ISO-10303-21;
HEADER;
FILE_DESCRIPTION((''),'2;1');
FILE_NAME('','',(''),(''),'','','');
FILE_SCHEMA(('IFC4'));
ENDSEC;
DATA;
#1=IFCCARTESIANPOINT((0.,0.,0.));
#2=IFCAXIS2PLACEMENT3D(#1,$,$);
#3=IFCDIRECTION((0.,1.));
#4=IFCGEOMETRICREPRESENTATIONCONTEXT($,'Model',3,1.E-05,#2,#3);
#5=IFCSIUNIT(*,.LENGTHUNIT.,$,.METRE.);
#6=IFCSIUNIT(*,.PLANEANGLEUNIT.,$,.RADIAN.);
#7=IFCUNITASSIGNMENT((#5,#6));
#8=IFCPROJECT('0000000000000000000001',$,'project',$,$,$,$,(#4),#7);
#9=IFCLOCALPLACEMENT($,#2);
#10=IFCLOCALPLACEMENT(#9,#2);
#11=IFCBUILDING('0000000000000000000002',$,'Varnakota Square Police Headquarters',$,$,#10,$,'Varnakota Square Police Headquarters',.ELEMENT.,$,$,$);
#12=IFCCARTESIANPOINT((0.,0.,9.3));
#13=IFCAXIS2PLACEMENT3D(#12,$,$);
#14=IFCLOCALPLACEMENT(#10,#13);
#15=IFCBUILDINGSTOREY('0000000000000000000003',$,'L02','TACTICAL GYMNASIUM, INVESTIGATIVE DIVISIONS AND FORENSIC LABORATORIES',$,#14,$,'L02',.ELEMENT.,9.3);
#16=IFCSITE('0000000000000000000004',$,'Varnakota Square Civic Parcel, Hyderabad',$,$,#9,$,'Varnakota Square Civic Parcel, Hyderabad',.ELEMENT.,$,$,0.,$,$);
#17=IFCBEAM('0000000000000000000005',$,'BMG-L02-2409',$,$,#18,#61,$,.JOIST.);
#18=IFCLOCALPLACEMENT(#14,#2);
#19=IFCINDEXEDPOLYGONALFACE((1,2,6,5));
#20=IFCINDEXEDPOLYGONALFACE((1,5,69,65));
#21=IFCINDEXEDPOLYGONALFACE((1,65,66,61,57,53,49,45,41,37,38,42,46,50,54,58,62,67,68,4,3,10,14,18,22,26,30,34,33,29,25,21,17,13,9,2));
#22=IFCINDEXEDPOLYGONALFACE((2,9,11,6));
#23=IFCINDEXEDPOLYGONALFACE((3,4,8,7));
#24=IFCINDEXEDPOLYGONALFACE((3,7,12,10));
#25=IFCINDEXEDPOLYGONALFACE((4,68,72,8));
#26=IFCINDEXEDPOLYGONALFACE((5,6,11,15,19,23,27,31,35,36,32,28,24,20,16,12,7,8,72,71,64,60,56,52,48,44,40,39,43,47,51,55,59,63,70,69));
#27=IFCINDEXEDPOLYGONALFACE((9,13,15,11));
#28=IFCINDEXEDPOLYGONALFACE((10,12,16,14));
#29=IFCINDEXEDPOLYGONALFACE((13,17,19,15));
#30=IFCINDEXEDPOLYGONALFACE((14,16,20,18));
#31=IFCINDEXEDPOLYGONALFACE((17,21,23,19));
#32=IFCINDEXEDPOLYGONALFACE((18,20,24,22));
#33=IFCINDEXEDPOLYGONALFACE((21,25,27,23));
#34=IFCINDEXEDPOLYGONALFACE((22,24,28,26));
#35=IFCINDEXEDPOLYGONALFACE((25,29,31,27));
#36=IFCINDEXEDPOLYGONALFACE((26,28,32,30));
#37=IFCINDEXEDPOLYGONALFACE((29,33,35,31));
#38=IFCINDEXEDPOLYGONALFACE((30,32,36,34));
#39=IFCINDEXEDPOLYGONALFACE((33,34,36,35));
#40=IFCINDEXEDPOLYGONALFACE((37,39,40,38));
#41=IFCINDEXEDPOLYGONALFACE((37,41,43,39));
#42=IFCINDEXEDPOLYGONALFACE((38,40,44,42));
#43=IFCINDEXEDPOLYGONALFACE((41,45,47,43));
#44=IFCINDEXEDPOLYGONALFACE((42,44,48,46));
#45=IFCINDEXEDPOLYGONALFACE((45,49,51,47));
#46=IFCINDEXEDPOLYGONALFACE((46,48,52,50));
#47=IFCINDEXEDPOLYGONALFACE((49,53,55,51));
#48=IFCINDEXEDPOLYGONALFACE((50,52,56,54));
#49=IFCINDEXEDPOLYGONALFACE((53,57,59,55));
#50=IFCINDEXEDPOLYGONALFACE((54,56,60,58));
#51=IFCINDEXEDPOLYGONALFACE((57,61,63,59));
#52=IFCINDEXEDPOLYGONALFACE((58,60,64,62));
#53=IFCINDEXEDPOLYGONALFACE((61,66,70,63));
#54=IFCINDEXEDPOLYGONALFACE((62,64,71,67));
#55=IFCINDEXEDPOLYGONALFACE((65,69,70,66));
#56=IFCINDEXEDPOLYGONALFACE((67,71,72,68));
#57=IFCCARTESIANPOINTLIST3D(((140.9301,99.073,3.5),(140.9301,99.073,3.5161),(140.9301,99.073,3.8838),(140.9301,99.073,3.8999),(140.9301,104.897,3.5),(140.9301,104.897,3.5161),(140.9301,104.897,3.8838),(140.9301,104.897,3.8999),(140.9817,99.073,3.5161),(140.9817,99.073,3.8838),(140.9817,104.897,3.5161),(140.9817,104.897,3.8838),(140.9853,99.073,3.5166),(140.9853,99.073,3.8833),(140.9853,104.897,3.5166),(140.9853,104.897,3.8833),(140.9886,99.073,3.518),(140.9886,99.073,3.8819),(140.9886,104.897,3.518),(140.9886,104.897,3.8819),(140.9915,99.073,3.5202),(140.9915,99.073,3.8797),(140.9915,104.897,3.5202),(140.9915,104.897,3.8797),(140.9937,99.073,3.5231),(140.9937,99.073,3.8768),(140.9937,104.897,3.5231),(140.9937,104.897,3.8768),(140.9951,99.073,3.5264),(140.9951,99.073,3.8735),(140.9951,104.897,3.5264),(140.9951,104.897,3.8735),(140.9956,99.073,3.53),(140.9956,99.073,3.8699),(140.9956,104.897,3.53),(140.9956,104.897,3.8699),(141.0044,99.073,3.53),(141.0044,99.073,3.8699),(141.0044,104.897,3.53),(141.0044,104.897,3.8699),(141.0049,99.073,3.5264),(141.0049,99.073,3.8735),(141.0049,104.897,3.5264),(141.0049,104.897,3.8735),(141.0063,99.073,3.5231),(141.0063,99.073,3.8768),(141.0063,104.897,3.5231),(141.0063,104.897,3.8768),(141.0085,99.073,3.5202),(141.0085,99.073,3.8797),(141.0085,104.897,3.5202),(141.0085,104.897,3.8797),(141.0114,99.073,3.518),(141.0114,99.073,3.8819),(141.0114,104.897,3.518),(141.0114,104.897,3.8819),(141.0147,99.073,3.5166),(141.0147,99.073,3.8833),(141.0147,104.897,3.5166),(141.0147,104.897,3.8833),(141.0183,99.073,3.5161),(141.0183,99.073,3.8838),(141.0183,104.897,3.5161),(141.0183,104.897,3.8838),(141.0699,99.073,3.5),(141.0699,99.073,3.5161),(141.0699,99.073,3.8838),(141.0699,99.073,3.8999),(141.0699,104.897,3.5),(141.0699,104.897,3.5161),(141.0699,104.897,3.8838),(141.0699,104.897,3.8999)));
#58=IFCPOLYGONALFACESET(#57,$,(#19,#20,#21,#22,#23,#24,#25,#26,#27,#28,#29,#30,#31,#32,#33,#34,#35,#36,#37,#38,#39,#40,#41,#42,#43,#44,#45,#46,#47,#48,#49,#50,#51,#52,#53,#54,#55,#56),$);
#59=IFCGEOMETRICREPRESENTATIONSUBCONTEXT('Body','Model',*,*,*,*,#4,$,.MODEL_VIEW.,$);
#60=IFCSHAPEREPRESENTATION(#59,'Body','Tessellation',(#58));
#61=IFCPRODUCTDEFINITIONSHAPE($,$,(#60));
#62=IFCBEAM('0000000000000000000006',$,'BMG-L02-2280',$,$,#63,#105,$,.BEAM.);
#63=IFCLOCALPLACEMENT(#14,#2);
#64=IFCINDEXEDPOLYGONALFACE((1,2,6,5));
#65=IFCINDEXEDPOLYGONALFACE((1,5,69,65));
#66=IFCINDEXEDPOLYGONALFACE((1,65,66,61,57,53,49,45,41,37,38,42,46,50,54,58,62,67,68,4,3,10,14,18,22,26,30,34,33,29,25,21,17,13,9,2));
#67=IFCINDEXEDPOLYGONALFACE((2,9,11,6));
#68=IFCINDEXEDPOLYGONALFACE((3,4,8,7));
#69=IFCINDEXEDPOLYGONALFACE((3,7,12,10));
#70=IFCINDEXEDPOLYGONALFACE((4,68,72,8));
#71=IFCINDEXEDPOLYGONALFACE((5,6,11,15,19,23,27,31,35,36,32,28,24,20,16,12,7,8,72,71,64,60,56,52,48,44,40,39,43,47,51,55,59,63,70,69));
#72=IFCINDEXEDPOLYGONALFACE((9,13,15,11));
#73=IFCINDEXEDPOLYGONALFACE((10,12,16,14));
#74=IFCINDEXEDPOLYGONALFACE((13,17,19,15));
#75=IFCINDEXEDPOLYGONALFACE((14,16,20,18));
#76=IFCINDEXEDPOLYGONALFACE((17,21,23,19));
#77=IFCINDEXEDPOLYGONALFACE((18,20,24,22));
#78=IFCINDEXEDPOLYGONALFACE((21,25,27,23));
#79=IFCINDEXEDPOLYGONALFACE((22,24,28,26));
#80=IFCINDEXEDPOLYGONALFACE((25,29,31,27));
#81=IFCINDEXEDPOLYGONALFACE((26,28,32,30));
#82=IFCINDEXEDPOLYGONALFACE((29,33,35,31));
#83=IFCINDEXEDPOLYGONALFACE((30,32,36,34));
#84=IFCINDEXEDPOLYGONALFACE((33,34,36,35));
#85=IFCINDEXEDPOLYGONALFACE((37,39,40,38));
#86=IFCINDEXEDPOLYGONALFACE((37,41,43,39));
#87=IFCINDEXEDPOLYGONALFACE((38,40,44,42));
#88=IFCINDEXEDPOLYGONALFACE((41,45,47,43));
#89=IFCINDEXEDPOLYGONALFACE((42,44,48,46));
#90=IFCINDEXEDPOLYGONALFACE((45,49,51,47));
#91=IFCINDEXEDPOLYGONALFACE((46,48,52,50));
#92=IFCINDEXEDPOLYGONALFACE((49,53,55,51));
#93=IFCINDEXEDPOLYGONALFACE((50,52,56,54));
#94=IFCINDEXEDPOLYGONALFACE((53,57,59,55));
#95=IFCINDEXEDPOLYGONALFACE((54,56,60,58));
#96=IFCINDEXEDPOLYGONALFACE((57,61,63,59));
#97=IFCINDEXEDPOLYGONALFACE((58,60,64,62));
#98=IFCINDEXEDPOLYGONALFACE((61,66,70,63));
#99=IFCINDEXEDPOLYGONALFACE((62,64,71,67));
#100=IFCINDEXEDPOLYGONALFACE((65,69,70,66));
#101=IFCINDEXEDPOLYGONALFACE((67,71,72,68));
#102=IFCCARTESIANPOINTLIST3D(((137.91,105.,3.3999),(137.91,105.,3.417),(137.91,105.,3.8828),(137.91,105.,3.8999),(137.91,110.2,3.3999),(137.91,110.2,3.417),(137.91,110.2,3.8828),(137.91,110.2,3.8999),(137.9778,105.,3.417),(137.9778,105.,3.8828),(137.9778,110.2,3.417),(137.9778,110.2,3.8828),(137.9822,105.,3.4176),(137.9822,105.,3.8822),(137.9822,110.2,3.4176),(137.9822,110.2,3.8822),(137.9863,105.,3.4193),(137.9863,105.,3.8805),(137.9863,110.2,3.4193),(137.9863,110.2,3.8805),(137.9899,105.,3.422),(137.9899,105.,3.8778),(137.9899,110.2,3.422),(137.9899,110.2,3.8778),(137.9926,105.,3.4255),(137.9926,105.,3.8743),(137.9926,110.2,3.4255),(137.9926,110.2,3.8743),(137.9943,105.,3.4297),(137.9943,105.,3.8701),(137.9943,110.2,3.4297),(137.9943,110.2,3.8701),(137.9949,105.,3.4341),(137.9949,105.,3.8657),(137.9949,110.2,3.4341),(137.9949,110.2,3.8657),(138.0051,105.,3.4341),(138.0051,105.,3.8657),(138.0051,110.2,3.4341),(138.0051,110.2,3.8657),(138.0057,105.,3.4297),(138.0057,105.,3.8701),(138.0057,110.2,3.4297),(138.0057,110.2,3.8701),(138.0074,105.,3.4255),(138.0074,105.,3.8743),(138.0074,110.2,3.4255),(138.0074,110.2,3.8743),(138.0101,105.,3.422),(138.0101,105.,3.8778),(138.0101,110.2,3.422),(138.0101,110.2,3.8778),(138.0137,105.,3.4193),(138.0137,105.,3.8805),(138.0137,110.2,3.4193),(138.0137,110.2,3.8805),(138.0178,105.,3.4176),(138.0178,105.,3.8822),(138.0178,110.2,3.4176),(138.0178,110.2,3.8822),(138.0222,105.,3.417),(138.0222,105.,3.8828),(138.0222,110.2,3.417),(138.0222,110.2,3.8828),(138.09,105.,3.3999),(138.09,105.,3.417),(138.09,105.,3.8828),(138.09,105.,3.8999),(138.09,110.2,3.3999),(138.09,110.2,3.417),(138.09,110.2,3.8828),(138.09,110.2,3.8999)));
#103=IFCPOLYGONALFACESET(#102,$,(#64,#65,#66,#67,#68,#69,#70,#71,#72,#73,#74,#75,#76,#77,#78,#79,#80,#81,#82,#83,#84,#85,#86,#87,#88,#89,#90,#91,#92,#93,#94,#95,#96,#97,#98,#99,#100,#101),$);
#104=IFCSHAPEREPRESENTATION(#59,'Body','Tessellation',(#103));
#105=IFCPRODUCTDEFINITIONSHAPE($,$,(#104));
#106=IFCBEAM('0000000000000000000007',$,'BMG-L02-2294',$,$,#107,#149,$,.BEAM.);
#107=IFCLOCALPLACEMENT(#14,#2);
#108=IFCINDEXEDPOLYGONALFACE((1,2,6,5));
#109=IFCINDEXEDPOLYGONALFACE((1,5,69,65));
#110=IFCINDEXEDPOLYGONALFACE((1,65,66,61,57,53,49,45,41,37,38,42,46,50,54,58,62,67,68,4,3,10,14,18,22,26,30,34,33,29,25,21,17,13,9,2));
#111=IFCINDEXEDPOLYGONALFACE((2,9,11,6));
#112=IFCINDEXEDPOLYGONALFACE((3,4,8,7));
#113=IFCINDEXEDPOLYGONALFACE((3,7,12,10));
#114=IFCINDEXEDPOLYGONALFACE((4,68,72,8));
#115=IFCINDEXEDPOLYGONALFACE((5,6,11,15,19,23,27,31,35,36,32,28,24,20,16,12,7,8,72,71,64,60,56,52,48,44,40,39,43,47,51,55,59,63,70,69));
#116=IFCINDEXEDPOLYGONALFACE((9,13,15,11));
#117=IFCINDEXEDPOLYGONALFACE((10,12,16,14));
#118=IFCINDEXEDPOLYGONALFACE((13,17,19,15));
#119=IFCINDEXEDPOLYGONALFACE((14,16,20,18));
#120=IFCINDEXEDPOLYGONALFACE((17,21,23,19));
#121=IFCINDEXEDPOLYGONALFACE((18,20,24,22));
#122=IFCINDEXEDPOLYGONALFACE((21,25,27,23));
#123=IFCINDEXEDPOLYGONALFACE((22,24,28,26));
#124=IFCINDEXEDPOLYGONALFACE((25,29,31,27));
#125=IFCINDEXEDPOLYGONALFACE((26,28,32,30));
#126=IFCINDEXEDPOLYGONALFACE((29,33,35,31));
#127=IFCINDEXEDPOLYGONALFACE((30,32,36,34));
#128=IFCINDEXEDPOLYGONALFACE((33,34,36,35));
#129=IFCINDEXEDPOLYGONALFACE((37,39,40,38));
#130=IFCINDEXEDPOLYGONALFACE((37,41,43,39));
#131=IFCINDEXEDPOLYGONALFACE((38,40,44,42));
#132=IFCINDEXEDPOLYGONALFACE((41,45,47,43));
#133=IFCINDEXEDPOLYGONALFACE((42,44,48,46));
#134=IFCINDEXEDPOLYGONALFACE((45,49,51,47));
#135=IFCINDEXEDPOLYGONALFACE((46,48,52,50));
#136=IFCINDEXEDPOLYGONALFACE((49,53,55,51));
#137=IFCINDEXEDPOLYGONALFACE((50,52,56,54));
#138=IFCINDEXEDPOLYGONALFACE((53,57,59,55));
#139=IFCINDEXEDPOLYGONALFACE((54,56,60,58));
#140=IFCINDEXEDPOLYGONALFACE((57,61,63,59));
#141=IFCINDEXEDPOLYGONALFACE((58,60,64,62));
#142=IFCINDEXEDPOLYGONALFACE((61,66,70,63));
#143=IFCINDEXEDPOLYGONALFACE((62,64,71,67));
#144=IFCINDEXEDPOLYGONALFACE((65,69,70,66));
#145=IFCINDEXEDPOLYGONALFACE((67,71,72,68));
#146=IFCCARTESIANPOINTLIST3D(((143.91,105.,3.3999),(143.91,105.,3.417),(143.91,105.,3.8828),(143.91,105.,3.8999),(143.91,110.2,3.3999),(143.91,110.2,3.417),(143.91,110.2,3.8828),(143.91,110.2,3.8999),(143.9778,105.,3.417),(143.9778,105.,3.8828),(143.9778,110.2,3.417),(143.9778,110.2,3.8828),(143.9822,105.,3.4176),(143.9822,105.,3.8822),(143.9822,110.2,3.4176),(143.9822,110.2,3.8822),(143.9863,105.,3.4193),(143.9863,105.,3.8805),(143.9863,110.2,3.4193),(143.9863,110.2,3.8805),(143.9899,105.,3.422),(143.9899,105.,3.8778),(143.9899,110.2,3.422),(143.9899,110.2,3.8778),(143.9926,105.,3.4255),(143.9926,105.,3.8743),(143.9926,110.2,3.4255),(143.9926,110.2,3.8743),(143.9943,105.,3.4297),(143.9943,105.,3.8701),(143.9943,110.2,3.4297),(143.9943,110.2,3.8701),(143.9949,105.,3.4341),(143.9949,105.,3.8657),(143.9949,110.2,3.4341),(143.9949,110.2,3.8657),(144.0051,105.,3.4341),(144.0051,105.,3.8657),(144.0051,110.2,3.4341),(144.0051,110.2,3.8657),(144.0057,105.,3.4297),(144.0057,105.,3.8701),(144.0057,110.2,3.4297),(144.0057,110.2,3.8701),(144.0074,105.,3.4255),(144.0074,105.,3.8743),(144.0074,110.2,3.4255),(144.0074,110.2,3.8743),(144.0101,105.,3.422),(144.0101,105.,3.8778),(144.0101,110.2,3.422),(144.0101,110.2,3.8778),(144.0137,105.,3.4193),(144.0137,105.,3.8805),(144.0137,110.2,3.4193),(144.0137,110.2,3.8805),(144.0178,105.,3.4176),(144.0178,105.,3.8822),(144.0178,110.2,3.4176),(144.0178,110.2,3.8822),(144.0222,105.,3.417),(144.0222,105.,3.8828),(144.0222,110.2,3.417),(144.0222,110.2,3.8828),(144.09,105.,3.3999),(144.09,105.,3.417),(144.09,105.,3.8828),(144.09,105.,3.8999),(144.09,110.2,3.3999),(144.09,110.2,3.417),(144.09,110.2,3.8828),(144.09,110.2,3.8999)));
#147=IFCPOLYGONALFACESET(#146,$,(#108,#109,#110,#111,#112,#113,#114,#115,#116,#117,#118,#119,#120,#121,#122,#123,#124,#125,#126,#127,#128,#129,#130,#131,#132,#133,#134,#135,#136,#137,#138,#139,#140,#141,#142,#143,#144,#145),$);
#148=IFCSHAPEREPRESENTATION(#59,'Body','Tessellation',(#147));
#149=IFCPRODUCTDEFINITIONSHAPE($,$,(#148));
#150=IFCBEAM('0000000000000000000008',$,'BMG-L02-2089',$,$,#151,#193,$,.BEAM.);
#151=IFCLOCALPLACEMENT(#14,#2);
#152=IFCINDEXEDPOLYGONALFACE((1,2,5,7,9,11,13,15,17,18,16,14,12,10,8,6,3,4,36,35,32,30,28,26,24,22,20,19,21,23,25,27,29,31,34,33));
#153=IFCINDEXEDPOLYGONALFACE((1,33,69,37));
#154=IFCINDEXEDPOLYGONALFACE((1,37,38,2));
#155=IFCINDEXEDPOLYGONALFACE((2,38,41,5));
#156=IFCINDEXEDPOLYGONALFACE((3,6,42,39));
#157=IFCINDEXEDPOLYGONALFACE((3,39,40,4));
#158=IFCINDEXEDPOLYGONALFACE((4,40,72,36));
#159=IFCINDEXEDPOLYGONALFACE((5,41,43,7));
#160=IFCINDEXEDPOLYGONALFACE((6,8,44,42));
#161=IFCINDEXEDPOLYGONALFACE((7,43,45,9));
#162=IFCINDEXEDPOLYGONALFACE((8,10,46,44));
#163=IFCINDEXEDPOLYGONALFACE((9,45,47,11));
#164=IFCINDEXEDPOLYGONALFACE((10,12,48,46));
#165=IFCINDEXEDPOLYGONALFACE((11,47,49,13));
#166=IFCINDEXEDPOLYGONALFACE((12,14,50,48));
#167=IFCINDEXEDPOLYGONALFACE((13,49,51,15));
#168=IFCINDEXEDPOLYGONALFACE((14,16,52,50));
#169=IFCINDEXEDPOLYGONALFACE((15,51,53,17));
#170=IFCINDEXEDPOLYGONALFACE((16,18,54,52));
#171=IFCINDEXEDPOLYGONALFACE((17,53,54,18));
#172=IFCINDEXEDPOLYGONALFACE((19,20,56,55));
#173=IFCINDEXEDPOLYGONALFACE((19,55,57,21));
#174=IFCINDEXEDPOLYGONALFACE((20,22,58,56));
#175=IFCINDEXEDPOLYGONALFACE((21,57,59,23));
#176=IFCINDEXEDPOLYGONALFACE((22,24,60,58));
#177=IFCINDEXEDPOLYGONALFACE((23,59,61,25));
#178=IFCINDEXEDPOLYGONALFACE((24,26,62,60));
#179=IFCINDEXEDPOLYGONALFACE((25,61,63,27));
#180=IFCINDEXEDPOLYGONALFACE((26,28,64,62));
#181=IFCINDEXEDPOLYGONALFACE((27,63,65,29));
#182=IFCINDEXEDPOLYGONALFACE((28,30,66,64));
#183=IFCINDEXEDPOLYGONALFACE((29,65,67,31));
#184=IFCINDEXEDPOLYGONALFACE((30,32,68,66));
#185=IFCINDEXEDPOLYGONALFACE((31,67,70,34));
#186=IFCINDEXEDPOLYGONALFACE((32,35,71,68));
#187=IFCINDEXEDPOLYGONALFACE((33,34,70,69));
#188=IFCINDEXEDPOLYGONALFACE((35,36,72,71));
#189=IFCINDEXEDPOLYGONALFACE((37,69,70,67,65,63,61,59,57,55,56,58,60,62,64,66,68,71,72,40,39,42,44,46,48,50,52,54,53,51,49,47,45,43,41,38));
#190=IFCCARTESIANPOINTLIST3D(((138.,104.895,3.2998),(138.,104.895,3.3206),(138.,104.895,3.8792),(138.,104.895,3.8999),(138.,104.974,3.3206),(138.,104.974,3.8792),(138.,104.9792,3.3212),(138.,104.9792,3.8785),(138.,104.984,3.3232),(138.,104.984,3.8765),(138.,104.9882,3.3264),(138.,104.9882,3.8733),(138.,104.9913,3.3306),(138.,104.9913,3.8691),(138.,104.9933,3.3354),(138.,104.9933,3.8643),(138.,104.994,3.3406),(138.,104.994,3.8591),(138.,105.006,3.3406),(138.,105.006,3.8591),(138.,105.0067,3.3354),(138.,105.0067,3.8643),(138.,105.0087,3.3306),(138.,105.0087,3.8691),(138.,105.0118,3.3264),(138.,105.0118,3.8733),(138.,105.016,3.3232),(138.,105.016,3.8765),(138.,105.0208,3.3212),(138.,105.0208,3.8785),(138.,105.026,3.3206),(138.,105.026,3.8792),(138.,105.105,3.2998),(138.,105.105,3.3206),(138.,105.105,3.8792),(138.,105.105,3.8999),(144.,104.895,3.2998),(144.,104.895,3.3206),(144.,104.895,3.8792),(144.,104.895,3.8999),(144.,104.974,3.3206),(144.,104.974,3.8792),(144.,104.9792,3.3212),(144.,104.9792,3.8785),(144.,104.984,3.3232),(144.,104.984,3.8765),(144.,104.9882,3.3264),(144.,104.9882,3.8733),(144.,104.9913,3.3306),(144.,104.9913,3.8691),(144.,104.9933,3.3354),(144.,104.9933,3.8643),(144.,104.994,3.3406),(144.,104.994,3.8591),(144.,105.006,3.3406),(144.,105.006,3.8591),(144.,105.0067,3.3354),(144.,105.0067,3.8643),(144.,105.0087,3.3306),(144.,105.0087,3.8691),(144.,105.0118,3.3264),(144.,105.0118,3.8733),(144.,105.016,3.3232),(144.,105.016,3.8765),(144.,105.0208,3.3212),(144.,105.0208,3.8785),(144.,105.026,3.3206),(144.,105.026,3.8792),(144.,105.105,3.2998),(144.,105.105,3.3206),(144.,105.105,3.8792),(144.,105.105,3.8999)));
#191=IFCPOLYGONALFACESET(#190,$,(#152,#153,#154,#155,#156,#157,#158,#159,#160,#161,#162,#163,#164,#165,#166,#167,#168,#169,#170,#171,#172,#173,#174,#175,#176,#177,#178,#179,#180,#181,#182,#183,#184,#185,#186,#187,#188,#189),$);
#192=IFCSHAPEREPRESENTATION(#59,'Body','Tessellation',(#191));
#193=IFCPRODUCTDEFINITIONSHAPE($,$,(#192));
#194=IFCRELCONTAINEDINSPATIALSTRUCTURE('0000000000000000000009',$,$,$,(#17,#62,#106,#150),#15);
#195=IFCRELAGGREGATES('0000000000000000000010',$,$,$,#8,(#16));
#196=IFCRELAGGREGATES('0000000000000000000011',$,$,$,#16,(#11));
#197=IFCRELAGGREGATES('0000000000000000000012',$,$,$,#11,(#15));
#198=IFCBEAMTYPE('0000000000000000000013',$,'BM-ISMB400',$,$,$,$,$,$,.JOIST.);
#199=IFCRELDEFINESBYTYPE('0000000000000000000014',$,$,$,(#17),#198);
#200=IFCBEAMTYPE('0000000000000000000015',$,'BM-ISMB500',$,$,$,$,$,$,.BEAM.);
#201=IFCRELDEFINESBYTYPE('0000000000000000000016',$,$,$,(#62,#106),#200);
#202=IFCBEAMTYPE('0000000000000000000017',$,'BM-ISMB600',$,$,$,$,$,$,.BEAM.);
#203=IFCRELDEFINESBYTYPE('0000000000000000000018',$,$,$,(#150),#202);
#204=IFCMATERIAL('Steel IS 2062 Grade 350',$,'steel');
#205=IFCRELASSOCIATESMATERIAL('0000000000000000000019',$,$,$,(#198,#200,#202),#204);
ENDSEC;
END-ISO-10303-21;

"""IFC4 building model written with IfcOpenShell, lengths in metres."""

from ifc_helpers import new_model, si_unit, direction, frame, origin, origin_2d, place, context, subcontext, project, spatial, i_section, extrude, material, material_profile, profile_set, type_object, element, save


model = new_model("IFC4")

# Units and contexts
model_context = context("Model", 3, precision=1e-05, world=origin(), true_north=direction((0.0, 1.0)))
body_context = subcontext(model_context, "Body", "Model", "MODEL_VIEW")
ifc_project = project(units=[si_unit("LENGTHUNIT", "METRE"), si_unit("PLANEANGLEUNIT", "RADIAN")], contexts=[model_context])

# Site, building, storey
site_placement = place(None, origin())
site = spatial("IfcSite", under=ifc_project, at=site_placement, Name="Varnakota Square Civic Parcel, Hyderabad", LongName="Varnakota Square Civic Parcel, Hyderabad", CompositionType="ELEMENT", RefElevation=0.0)
building_placement = place(site_placement, origin())
building = spatial("IfcBuilding", under=site, at=building_placement, Name="Varnakota Square Police Headquarters", LongName="Varnakota Square Police Headquarters", CompositionType="ELEMENT")
storey_placement = place(building_placement, frame((0.0, 0.0, 9.3)))
storey = spatial("IfcBuildingStorey", under=building, at=storey_placement, Name="L02", Description="TACTICAL GYMNASIUM, INVESTIGATIVE DIVISIONS AND FORENSIC LABORATORIES", LongName="L02", CompositionType="ELEMENT", Elevation=9.3)

# Shared definitions
ifc_material_1 = material(Name="Steel IS 2062 Grade 350", Category="steel")

# Beams
ifc_material_profile_1 = material_profile(ifc_material_1, i_section(OverallWidth=0.1399, OverallDepth=0.3999, WebThickness=0.0088, FlangeThickness=0.0161, FilletRadius=0.0139, at=origin_2d()), Name="ISMB 400")
ifc_profile_set_1 = profile_set([ifc_material_profile_1], Name="Steel IS 2062 Grade 350")
beam_type_1 = type_object("IfcBeamType", Name="BM-ISMB400", PredefinedType="JOIST", material=ifc_profile_set_1)
beam_1_placement = place(storey_placement, frame((141.0, 99.073, 3.7), z_axis=(0.0, 1.0, 0.0), x_axis=(-1.0, 0.0, 0.0)))
element("IfcBeam", 1, at=beam_1_placement, inside=storey, type_object=beam_type_1, Name="BMG-L02-2409", PredefinedType="JOIST", context=body_context, shape_type="SweptSolid", body=[
    extrude(i_section(OverallWidth=0.1399, OverallDepth=0.3999, WebThickness=0.0088, FlangeThickness=0.0161, FilletRadius=0.0139, at=origin_2d()), origin(), (0.0, 0.0, 1.0), 5.824),
])
ifc_material_profile_2 = material_profile(ifc_material_1, i_section(OverallWidth=0.1799, OverallDepth=0.5, WebThickness=0.0103, FlangeThickness=0.0171, FilletRadius=0.0171, at=origin_2d()), Name="ISMB 500")
ifc_profile_set_2 = profile_set([ifc_material_profile_2], Name="Steel IS 2062 Grade 350")
beam_type_2 = type_object("IfcBeamType", Name="BM-ISMB500", PredefinedType="BEAM", material=ifc_profile_set_2)
for number, where, z_axis, x_axis, name in (
    (2, (138.0, 105.0, 3.6499), (0.0, 1.0, 0.0), (-1.0, 0.0, 0.0), "BMG-L02-2280"),
    (3, (144.0, 105.0, 3.6499), (0.0, 1.0, 0.0), (-1.0, 0.0, 0.0), "BMG-L02-2294"),
):
    element("IfcBeam", number, at=place(storey_placement, frame(where, z_axis=z_axis, x_axis=x_axis)), inside=storey, type_object=beam_type_2, Name=name, PredefinedType="BEAM", context=body_context, shape_type="SweptSolid", body=[
        extrude(i_section(OverallWidth=0.1799, OverallDepth=0.5, WebThickness=0.0103, FlangeThickness=0.0171, FilletRadius=0.0171, at=origin_2d()), origin(), (0.0, 0.0, 1.0), 5.2),
    ])
ifc_material_profile_3 = material_profile(ifc_material_1, i_section(OverallWidth=0.21, OverallDepth=0.6001, WebThickness=0.012, FlangeThickness=0.0208, FilletRadius=0.02, at=origin_2d()), Name="ISMB 600")
ifc_profile_set_3 = profile_set([ifc_material_profile_3], Name="Steel IS 2062 Grade 350")
beam_type_3 = type_object("IfcBeamType", Name="BM-ISMB600", PredefinedType="BEAM", material=ifc_profile_set_3)
beam_2_placement = place(storey_placement, frame((138.0, 105.0, 3.5999), z_axis=(1.0, 0.0, 0.0), x_axis=(0.0, 1.0, 0.0)))
element("IfcBeam", 4, at=beam_2_placement, inside=storey, type_object=beam_type_3, Name="BMG-L02-2089", PredefinedType="BEAM", context=body_context, shape_type="SweptSolid", body=[
    extrude(i_section(OverallWidth=0.21, OverallDepth=0.6001, WebThickness=0.012, FlangeThickness=0.0208, FilletRadius=0.02, at=origin_2d()), origin(), (0.0, 0.0, 1.0), 6.0),
])

save(model, "model.ifc")
